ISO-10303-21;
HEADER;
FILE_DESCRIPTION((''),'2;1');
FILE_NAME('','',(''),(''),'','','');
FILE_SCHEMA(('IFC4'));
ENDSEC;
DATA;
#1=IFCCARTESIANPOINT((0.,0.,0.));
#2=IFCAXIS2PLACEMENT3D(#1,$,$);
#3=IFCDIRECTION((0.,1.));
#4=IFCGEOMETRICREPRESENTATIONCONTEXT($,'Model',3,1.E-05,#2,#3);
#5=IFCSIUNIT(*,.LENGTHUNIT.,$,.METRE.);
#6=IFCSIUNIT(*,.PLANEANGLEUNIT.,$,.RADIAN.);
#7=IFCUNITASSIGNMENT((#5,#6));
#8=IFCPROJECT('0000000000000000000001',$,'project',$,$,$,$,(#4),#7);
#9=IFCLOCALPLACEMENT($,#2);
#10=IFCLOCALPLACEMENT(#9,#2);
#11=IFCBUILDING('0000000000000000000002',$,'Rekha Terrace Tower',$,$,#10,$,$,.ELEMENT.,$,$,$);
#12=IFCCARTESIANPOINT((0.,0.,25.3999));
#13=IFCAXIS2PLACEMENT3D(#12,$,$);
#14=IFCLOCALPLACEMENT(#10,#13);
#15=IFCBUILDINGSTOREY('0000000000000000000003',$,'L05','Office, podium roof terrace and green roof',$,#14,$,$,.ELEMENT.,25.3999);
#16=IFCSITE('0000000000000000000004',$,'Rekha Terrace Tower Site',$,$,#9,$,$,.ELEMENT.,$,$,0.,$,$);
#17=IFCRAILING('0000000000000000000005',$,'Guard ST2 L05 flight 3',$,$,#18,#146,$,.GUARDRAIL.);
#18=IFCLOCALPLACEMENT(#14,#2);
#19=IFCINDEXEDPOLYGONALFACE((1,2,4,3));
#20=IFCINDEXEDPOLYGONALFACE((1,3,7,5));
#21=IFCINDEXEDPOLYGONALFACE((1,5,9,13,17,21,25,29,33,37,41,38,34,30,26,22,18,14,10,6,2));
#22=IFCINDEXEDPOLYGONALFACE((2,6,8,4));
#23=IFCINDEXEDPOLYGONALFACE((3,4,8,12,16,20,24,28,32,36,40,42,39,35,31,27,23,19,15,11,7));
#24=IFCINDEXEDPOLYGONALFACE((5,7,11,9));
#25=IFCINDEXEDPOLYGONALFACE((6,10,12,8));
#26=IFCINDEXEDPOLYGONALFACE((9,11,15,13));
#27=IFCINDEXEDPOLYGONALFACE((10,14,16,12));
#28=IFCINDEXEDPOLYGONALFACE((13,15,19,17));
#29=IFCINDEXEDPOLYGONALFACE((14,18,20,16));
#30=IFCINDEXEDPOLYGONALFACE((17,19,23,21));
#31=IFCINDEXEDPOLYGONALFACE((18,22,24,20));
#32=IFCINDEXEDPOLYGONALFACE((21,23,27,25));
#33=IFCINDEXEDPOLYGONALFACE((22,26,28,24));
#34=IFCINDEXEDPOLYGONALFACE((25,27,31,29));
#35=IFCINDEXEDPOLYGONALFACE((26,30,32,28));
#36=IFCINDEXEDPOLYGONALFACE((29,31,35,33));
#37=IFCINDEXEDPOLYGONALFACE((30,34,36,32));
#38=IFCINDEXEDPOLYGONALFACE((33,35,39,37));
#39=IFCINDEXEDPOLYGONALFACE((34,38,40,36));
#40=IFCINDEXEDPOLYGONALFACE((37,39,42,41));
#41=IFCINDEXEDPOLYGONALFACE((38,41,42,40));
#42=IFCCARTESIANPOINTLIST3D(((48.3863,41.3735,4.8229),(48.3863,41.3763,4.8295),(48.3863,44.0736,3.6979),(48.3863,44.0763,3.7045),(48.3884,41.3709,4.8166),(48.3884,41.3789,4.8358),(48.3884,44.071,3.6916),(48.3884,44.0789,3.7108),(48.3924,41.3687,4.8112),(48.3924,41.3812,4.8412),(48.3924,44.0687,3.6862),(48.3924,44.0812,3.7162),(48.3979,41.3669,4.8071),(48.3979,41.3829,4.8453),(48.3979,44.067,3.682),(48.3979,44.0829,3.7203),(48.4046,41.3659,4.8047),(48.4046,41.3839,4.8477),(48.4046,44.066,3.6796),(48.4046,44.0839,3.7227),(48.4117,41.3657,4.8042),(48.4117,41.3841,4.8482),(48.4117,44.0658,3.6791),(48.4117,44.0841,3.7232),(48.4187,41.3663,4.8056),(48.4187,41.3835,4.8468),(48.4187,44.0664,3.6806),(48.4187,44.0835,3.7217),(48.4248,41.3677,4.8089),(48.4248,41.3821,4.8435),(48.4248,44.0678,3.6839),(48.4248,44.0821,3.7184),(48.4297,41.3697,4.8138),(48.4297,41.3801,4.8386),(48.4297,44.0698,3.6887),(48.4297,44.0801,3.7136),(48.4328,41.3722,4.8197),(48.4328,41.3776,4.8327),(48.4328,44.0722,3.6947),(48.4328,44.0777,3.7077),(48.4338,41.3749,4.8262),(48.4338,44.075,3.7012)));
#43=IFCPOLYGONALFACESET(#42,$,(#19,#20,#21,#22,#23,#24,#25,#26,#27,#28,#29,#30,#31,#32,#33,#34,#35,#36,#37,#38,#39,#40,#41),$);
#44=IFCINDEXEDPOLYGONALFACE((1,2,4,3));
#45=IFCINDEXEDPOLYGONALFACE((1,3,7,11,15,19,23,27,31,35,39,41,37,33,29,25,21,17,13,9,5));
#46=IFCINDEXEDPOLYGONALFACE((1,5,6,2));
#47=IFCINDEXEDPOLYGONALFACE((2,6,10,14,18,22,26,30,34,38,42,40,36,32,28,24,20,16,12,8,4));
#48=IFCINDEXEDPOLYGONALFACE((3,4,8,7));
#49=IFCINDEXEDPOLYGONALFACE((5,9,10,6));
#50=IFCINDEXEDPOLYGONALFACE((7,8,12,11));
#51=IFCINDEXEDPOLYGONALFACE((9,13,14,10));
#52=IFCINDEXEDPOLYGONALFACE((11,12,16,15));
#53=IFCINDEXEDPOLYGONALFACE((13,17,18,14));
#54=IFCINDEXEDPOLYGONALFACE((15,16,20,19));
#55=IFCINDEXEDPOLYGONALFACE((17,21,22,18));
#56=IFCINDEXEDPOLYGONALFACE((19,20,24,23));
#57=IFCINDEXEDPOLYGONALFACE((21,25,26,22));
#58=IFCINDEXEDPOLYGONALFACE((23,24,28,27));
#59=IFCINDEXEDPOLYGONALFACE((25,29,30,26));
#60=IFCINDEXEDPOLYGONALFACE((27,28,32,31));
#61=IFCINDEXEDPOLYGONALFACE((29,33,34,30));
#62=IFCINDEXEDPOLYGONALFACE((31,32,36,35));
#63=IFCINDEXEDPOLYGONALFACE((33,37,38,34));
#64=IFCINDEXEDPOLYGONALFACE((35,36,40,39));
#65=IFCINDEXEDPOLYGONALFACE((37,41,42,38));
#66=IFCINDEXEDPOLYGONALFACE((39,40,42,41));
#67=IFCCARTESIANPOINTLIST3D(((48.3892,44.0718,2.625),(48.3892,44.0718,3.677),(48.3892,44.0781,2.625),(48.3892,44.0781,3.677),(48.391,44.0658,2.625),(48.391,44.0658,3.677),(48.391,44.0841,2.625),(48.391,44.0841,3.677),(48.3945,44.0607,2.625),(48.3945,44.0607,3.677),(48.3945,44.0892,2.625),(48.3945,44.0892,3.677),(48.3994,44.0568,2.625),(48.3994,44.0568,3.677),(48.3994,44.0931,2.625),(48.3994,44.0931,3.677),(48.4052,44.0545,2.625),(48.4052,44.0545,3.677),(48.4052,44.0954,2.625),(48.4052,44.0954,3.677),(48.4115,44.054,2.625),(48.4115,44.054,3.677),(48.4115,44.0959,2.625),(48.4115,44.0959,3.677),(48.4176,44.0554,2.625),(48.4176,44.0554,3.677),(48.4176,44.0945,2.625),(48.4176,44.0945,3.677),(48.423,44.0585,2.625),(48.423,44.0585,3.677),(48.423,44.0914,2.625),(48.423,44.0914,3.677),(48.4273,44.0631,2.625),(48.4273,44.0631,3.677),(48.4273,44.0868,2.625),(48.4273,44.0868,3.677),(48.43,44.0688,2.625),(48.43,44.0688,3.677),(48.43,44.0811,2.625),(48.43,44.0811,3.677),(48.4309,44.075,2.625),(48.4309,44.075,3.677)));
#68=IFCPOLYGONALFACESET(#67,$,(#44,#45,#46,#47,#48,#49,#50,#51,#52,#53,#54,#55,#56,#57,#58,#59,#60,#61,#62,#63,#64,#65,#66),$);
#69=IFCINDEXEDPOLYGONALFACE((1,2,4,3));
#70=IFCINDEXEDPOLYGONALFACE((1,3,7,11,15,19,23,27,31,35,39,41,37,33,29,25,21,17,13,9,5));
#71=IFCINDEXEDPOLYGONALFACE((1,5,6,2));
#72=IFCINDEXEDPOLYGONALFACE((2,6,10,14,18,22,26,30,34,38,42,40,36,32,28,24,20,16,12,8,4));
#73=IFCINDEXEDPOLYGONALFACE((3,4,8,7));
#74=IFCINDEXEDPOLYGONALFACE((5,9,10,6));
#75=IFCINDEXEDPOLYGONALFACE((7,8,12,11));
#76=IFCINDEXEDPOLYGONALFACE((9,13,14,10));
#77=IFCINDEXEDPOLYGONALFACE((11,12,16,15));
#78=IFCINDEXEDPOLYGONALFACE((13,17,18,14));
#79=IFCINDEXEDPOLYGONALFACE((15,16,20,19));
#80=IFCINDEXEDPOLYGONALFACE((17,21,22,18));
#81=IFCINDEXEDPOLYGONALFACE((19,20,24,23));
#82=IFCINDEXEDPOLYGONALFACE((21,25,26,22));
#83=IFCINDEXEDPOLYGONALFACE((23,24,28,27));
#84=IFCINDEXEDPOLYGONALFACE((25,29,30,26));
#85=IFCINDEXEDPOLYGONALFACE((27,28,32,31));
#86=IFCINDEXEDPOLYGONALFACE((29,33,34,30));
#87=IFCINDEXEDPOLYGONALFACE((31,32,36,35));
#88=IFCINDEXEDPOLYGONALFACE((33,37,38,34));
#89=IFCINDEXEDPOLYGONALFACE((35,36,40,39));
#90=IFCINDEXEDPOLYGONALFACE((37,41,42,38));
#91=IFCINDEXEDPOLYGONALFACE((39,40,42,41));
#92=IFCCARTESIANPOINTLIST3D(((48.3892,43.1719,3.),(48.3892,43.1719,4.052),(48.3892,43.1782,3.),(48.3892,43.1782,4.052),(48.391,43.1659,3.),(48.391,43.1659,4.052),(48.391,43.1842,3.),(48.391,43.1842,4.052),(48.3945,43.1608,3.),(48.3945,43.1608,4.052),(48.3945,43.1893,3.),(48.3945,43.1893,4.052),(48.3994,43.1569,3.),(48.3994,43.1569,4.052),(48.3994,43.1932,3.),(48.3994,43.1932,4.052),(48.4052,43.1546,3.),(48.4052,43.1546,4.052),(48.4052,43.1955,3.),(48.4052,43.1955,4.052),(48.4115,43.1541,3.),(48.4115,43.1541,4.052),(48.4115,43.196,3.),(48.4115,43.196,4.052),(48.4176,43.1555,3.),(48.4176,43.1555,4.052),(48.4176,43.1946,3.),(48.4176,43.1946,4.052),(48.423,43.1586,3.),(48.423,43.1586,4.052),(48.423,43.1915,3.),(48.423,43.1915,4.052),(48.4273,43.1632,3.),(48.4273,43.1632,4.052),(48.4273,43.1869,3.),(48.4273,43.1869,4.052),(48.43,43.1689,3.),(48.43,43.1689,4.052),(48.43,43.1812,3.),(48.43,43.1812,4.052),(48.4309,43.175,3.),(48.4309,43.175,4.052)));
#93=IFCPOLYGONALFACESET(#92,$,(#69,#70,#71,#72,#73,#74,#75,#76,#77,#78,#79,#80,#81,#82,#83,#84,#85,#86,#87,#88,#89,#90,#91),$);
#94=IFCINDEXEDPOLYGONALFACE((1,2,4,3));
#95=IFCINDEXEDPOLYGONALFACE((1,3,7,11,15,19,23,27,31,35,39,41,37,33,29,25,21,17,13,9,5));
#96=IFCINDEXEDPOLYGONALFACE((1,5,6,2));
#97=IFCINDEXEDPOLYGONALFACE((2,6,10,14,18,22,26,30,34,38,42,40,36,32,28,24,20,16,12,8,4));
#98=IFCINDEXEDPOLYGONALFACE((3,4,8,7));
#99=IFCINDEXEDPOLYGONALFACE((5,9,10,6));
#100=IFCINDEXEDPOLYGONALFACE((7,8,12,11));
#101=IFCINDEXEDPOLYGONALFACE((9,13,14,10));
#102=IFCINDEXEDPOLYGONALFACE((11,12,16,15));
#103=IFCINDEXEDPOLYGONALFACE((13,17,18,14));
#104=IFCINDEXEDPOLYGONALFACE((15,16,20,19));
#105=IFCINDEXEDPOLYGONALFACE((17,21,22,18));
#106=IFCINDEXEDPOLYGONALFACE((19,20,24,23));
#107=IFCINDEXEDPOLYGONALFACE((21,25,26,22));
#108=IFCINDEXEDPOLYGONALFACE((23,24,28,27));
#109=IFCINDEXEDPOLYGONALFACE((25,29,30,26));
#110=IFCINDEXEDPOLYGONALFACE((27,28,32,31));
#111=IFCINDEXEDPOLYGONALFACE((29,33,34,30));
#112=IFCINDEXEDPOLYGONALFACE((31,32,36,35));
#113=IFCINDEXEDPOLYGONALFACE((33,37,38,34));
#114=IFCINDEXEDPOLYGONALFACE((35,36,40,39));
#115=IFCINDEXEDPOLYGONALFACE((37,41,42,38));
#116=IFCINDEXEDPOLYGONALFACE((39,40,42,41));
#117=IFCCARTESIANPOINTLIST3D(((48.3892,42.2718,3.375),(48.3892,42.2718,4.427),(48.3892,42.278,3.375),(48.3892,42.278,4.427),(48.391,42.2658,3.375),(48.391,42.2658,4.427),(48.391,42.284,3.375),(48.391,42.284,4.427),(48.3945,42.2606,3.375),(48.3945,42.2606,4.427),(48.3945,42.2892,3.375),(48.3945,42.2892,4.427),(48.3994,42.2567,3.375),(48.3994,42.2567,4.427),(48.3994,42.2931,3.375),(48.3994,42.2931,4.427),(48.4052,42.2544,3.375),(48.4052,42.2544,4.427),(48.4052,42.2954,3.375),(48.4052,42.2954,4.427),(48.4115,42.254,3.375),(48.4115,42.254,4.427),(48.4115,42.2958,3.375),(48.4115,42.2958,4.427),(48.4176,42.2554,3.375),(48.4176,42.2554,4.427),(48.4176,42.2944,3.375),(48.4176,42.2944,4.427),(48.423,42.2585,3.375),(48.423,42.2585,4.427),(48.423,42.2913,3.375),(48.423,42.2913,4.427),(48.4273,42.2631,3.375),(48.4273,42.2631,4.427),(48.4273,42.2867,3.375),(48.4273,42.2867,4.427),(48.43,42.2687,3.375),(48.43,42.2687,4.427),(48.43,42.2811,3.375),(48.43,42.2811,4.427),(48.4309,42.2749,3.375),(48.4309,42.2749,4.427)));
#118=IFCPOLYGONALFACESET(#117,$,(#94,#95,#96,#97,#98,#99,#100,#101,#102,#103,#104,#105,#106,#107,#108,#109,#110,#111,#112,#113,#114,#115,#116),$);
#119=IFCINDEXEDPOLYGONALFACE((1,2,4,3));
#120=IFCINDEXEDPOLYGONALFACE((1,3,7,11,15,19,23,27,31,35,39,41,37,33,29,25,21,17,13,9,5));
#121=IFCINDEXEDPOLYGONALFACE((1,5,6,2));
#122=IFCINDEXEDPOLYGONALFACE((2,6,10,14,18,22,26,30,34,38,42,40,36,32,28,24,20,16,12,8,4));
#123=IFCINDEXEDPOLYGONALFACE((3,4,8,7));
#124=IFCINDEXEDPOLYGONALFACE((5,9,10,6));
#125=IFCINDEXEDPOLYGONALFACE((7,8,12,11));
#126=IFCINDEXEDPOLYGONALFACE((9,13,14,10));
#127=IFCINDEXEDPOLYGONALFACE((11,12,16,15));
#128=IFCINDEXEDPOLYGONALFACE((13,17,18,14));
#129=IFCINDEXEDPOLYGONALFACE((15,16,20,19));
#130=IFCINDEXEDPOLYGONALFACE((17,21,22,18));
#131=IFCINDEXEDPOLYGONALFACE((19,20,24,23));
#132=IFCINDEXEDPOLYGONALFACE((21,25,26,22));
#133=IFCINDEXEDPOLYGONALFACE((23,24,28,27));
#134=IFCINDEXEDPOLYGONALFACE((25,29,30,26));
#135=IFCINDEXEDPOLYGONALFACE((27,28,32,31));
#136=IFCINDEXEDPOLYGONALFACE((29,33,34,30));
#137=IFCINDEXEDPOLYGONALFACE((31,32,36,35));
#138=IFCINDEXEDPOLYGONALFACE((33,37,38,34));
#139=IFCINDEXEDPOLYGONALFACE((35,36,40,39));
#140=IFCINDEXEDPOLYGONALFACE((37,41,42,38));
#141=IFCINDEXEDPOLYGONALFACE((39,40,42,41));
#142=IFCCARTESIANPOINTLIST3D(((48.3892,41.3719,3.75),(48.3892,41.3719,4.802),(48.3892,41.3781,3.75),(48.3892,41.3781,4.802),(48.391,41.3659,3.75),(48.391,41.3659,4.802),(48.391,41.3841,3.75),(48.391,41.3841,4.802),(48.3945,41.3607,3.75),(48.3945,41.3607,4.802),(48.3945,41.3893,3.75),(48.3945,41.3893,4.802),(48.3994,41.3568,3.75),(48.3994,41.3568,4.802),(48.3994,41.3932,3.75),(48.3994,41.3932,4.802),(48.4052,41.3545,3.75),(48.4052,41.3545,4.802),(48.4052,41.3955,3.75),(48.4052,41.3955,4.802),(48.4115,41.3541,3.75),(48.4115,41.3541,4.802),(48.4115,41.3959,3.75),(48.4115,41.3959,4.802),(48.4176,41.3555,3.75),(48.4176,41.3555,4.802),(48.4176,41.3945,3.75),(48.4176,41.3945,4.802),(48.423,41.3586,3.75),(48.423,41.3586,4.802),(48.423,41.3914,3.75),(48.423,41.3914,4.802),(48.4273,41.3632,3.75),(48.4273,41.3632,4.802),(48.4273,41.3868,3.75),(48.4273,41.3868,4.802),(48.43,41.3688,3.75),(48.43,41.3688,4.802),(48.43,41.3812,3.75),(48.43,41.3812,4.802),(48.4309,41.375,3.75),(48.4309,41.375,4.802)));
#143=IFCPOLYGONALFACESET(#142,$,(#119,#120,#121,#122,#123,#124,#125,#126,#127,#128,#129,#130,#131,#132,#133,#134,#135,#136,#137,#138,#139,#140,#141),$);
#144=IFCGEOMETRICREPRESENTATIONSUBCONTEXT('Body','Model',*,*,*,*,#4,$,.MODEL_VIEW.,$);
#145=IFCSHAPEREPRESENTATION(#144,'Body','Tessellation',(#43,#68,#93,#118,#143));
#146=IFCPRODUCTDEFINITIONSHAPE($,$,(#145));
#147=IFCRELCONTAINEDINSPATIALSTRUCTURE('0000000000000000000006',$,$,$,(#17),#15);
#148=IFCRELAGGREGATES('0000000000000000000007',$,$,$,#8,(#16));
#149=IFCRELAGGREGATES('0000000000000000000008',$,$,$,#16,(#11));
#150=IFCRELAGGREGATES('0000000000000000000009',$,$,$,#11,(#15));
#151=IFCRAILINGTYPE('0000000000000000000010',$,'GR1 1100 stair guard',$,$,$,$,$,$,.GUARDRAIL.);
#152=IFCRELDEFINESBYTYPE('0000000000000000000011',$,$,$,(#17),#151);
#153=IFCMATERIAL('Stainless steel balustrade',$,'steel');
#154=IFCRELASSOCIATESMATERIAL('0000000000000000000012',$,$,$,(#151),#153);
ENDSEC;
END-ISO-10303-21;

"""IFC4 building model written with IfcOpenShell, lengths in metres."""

from ifc_helpers import new_model, si_unit, direction, frame, origin, origin_2d, place, context, subcontext, project, spatial, circle, extrude, material, type_object, element, save


model = new_model("IFC4")

# Units and contexts
model_context = context("Model", 3, precision=1e-05, world=origin(), true_north=direction((0.0, 1.0)))
body_context = subcontext(model_context, "Body", "Model", "MODEL_VIEW")
ifc_project = project(units=[si_unit("LENGTHUNIT", "METRE"), si_unit("PLANEANGLEUNIT", "RADIAN")], contexts=[model_context])

# Site, building, storey
site_placement = place(None, origin())
site = spatial("IfcSite", under=ifc_project, at=site_placement, Name="Rekha Terrace Tower Site", CompositionType="ELEMENT", RefElevation=0.0)
building_placement = place(site_placement, origin())
building = spatial("IfcBuilding", under=site, at=building_placement, Name="Rekha Terrace Tower", CompositionType="ELEMENT")
storey_placement = place(building_placement, frame((0.0, 0.0, 25.3999)))
storey = spatial("IfcBuildingStorey", under=building, at=storey_placement, Name="L05", Description="Office, podium roof terrace and green roof", CompositionType="ELEMENT", Elevation=25.3999)

# Railing
ifc_material_1 = material(Name="Stainless steel balustrade", Category="steel")
railing_type_1 = type_object("IfcRailingType", Name="GR1 1100 stair guard", PredefinedType="GUARDRAIL", material=ifc_material_1)
railing_1_placement = place(storey_placement, frame((48.4099, 44.075, 2.625)))
element("IfcRailing", 1, at=railing_1_placement, inside=storey, type_object=railing_type_1, Name="Guard ST2 L05 flight 3", PredefinedType="GUARDRAIL", context=body_context, shape_type="SweptSolid", body=[
    extrude(circle(Radius=0.0239, at=origin_2d()), frame((0.0, 0.0, 1.0762), z_axis=(0.0, -0.923074, 0.384621), x_axis=(1.0, 0.0, 0.0)), (0.0, 0.0, 1.0), 2.925),
    extrude(circle(Radius=0.021, at=origin_2d()), origin(), (0.0, 0.0, 1.0), 1.052),
    extrude(circle(Radius=0.021, at=origin_2d()), frame((0.0, -0.8999, 0.375)), (0.0, 0.0, 1.0), 1.052),
    extrude(circle(Radius=0.021, at=origin_2d()), frame((0.0, -1.8, 0.75)), (0.0, 0.0, 1.0), 1.052),
    extrude(circle(Radius=0.021, at=origin_2d()), frame((0.0, -2.7, 1.125)), (0.0, 0.0, 1.0), 1.052),
])

save(model, "model.ifc")
